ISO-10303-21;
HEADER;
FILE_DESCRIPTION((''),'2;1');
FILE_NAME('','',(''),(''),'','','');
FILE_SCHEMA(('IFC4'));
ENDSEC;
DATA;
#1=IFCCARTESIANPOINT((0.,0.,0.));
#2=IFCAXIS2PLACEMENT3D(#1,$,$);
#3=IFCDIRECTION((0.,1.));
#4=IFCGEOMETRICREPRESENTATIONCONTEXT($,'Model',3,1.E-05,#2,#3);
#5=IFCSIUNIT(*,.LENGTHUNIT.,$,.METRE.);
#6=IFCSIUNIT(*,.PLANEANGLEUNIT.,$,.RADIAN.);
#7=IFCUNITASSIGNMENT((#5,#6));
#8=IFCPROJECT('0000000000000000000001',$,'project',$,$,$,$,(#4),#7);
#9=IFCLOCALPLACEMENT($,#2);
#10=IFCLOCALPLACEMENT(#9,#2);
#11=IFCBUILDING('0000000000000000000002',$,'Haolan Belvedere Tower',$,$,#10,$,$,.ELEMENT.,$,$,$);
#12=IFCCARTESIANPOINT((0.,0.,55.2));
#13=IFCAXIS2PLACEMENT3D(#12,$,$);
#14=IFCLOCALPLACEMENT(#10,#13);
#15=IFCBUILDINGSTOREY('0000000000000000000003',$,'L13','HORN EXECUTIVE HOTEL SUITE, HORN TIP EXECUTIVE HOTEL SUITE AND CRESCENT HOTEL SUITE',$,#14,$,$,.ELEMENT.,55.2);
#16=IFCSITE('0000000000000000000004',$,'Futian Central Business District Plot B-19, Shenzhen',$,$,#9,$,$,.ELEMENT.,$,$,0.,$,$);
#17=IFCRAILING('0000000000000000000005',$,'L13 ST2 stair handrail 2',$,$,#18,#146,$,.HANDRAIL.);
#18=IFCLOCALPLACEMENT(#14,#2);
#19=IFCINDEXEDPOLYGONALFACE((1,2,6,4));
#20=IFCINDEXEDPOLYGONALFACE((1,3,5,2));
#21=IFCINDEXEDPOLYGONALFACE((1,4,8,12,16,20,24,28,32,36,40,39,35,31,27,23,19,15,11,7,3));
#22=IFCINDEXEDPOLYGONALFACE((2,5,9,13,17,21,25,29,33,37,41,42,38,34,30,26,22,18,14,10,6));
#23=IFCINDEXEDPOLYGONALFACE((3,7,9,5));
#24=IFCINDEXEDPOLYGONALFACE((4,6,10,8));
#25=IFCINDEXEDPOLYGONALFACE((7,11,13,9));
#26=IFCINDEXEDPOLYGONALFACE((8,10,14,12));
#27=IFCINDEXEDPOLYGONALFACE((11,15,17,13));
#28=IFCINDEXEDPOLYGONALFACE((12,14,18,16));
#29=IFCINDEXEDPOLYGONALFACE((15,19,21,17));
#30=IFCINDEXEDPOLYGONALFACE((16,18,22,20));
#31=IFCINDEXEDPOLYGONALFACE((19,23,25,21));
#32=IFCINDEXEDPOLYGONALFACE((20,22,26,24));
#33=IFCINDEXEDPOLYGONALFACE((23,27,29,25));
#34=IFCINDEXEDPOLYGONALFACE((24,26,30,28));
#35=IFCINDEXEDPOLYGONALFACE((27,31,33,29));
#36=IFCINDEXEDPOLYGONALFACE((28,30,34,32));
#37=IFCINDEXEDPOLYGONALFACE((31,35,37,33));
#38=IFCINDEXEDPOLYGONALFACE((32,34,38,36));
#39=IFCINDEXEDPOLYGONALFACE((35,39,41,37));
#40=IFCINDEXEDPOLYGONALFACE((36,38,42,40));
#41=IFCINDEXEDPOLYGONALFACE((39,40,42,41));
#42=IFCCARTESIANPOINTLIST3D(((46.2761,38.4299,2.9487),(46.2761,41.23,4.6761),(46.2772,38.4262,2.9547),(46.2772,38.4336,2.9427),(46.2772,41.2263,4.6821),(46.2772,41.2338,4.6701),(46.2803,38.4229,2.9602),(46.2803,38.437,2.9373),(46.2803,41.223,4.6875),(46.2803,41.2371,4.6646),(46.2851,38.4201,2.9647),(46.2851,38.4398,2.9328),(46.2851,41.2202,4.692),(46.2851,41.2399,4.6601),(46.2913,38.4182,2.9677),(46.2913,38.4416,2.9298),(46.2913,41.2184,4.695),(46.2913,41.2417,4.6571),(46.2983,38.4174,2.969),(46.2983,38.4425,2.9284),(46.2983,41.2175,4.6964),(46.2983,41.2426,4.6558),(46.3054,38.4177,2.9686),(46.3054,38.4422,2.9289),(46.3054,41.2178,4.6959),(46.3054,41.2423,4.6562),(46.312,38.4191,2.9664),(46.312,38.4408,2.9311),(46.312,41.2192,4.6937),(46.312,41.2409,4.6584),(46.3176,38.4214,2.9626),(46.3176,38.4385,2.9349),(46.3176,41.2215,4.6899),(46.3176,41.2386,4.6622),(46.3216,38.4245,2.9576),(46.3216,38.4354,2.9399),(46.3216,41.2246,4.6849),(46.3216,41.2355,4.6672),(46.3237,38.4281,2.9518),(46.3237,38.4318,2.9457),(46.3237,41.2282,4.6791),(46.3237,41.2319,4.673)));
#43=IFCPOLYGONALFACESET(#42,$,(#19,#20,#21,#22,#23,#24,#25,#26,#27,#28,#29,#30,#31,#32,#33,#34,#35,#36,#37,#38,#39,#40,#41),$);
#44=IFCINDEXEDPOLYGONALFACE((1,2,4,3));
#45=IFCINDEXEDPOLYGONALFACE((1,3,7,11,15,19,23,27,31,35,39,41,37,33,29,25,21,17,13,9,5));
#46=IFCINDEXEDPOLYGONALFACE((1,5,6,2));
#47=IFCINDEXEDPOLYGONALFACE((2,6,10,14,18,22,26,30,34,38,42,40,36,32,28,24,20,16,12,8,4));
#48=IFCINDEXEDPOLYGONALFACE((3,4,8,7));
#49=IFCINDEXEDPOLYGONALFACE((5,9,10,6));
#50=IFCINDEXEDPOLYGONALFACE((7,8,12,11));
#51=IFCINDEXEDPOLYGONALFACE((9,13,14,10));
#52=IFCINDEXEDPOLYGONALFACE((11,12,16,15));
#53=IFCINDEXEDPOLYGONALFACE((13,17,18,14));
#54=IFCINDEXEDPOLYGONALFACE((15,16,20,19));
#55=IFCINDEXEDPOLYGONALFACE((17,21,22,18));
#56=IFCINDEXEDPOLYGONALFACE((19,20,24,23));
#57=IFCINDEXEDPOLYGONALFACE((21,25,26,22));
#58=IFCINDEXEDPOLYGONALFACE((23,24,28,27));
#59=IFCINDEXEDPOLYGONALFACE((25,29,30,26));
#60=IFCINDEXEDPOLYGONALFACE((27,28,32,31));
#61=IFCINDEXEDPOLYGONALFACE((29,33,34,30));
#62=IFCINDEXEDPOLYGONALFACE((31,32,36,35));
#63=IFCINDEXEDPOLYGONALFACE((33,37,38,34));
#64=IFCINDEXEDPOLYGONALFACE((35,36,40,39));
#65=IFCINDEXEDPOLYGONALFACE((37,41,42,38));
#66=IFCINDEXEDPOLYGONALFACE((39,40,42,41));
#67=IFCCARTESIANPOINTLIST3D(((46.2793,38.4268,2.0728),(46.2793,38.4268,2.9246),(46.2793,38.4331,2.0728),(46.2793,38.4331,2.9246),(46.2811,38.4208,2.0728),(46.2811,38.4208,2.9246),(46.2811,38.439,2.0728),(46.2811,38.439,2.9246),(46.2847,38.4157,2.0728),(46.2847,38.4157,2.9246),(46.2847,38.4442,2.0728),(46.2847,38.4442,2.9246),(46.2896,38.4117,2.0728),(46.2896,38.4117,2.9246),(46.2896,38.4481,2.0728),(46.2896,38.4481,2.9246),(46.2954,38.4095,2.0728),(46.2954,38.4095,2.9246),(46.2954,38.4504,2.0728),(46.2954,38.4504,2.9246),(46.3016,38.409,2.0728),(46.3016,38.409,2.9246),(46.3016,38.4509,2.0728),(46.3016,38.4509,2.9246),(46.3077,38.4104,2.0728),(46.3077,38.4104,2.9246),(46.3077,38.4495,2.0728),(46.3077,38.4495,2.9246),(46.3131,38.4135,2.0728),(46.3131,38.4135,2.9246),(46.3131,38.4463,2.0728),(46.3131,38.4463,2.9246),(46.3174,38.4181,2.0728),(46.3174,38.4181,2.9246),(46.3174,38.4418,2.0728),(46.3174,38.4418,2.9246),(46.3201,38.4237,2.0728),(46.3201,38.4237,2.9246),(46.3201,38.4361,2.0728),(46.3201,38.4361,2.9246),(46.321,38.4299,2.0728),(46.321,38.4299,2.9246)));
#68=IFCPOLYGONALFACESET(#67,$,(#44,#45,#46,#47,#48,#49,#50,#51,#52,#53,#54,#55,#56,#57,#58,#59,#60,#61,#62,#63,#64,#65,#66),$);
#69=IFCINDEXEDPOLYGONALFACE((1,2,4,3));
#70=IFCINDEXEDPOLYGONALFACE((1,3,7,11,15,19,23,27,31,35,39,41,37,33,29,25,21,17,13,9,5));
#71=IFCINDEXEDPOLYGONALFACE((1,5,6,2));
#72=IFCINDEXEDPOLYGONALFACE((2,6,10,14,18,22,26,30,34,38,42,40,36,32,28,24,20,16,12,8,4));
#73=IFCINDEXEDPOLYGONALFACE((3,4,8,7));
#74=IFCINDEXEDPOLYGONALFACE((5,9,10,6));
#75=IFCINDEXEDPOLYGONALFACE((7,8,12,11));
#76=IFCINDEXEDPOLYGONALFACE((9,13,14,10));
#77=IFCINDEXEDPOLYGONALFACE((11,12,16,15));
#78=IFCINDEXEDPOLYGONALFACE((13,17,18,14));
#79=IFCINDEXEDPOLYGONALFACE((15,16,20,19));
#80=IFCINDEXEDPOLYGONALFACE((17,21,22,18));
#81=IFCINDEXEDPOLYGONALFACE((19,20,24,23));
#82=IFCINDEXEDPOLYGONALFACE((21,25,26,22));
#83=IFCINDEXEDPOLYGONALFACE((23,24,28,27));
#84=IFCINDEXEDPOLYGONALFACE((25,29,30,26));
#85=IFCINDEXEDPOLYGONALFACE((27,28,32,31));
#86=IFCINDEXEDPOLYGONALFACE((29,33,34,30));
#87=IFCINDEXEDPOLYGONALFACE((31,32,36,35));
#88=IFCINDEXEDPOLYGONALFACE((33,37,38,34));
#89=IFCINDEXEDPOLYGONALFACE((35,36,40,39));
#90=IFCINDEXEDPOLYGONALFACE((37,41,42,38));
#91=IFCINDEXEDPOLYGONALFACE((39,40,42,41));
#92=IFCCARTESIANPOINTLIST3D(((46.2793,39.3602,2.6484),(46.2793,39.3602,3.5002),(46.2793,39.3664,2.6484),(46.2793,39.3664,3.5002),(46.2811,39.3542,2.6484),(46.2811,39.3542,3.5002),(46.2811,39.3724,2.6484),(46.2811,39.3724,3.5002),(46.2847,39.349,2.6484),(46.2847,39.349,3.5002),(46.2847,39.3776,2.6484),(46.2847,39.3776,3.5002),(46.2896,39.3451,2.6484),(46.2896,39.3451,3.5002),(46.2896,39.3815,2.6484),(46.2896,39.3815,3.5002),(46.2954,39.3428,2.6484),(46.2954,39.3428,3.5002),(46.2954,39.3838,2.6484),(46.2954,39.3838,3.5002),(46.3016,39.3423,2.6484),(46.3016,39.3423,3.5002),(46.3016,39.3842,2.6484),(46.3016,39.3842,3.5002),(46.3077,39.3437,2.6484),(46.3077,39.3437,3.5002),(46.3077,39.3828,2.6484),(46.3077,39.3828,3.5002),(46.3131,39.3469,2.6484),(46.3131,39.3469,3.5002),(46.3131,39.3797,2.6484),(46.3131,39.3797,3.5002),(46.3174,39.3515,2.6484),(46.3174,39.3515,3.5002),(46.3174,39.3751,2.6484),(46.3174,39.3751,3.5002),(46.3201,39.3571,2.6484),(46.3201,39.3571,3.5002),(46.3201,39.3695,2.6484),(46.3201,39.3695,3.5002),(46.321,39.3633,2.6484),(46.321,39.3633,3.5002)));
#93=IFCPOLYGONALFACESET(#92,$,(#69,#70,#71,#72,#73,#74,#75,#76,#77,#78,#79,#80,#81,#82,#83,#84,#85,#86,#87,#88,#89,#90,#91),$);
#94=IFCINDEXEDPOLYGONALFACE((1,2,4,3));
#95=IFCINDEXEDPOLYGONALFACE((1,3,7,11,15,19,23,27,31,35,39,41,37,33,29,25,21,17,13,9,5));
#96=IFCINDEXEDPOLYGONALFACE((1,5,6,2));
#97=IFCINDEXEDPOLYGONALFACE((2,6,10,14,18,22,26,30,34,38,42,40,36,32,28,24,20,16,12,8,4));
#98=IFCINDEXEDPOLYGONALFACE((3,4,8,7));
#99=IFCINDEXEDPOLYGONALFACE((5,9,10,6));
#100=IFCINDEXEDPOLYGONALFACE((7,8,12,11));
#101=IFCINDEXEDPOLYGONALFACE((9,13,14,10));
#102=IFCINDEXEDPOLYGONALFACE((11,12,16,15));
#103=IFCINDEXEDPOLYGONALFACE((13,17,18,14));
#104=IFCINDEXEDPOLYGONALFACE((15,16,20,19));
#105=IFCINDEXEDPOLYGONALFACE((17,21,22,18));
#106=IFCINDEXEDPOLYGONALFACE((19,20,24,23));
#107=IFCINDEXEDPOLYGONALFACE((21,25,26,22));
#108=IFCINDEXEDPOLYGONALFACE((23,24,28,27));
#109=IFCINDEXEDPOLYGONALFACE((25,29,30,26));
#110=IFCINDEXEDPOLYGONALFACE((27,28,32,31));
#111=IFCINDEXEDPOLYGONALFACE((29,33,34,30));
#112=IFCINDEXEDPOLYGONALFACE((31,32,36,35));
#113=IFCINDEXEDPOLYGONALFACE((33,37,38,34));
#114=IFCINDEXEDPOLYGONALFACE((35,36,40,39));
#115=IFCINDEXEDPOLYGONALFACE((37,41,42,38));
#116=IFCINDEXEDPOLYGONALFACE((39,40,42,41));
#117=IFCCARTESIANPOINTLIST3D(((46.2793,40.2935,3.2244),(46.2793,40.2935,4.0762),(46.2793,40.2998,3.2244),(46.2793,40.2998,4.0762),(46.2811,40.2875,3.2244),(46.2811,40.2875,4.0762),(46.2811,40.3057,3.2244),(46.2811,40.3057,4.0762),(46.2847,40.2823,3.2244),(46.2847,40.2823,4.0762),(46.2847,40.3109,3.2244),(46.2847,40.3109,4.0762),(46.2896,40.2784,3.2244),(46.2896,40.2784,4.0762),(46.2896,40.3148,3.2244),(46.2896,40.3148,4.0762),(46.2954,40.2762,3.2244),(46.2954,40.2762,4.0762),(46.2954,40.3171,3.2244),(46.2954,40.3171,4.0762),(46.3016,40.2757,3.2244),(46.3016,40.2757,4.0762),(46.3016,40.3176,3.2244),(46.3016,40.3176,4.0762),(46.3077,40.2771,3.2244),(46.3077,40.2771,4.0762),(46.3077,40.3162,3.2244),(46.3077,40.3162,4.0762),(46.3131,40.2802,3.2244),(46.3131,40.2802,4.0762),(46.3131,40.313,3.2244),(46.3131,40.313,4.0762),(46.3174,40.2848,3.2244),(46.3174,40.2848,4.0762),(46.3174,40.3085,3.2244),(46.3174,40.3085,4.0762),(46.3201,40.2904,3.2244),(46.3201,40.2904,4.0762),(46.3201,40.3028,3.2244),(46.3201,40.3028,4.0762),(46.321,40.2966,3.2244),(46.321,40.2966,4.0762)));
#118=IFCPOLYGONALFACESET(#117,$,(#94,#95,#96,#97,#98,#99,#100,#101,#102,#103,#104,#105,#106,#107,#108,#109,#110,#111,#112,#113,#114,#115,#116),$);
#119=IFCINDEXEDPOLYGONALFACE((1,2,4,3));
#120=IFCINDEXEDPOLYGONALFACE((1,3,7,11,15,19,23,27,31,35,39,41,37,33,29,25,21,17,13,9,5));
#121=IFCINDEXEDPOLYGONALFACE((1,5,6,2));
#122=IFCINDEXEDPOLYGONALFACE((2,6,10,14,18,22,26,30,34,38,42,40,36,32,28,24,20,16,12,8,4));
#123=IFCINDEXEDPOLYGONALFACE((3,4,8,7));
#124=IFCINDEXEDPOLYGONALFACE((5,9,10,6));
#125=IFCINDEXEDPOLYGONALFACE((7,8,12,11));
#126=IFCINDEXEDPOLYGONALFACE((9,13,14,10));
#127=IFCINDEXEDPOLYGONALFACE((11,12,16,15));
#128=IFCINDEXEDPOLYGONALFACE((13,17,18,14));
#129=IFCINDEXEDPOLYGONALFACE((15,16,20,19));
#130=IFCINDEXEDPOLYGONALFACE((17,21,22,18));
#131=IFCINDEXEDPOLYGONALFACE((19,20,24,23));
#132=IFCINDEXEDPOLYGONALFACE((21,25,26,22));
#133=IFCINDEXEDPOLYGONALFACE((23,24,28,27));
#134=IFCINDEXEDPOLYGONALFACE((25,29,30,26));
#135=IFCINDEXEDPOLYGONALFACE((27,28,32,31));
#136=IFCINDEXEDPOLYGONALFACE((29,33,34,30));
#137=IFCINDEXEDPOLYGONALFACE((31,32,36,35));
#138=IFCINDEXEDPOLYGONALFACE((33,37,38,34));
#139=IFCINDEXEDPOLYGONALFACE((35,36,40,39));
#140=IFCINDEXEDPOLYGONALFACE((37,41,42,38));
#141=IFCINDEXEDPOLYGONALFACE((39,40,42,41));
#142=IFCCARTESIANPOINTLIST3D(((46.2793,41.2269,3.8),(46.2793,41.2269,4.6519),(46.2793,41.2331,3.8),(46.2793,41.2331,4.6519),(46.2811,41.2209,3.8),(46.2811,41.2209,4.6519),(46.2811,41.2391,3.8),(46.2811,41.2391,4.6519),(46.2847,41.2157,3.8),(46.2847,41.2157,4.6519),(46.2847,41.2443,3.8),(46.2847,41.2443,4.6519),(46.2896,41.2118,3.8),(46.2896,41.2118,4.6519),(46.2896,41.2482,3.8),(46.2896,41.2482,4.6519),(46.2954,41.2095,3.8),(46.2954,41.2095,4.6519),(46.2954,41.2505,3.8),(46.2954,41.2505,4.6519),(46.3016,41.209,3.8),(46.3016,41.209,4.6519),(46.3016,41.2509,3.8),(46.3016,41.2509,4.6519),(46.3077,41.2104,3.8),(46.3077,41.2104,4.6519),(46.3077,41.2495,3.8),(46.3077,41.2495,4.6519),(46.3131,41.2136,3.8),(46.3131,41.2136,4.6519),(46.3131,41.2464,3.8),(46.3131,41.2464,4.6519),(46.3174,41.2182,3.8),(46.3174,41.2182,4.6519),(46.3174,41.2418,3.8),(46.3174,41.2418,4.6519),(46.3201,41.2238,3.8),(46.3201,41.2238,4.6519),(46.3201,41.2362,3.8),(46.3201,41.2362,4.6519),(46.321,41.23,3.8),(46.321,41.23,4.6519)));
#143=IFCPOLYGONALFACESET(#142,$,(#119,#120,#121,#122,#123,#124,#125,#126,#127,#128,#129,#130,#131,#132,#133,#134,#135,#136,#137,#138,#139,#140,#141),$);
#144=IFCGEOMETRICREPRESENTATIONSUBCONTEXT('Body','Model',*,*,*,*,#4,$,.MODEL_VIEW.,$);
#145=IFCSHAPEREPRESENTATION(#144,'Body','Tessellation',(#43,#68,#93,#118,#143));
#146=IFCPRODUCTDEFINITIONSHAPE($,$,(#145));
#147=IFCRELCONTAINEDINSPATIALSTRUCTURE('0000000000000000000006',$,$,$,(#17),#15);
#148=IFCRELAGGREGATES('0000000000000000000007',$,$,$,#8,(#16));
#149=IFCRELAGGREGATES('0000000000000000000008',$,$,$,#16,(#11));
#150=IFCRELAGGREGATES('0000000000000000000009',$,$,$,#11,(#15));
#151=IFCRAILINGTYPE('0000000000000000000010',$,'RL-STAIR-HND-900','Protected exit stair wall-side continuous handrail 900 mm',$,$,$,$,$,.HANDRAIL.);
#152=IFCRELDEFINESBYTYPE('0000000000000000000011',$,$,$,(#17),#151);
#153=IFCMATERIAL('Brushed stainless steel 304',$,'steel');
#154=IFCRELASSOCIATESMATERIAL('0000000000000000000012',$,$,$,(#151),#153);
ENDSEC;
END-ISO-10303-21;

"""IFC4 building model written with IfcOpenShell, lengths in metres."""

from ifc_helpers import new_model, si_unit, direction, frame, origin, origin_2d, place, context, subcontext, project, spatial, circle, extrude, material, type_object, element, save


model = new_model("IFC4")

# Units and contexts
model_context = context("Model", 3, precision=1e-05, world=origin(), true_north=direction((0.0, 1.0)))
body_context = subcontext(model_context, "Body", "Model", "MODEL_VIEW")
ifc_project = project(units=[si_unit("LENGTHUNIT", "METRE"), si_unit("PLANEANGLEUNIT", "RADIAN")], contexts=[model_context])

# Site, building, storey
site_placement = place(None, origin())
site = spatial("IfcSite", under=ifc_project, at=site_placement, Name="Futian Central Business District Plot B-19, Shenzhen", CompositionType="ELEMENT", RefElevation=0.0)
building_placement = place(site_placement, origin())
building = spatial("IfcBuilding", under=site, at=building_placement, Name="Haolan Belvedere Tower", CompositionType="ELEMENT")
storey_placement = place(building_placement, frame((0.0, 0.0, 55.2)))
storey = spatial("IfcBuildingStorey", under=building, at=storey_placement, Name="L13", Description="HORN EXECUTIVE HOTEL SUITE, HORN TIP EXECUTIVE HOTEL SUITE AND CRESCENT HOTEL SUITE", CompositionType="ELEMENT", Elevation=55.2)

# Railing
ifc_material_1 = material(Name="Brushed stainless steel 304", Category="steel")
railing_type_1 = type_object("IfcRailingType", Name="RL-STAIR-HND-900", Description="Protected exit stair wall-side continuous handrail 900 mm", PredefinedType="HANDRAIL", material=ifc_material_1)
railing_1_placement = place(storey_placement, frame((46.3, 38.4299, 2.0728)))
element("IfcRailing", 1, at=railing_1_placement, inside=storey, type_object=railing_type_1, Name="L13 ST2 stair handrail 2", PredefinedType="HANDRAIL", context=body_context, shape_type="SweptSolid", body=[
    extrude(circle(Radius=0.0239, at=origin_2d()), frame((0.0, 0.0, 0.876), z_axis=(0.0, 0.85109, 0.52502), x_axis=(-1.0, 0.0, 0.0)), (0.0, 0.0, 1.0), 3.29),
    extrude(circle(Radius=0.021, at=origin_2d()), origin(), (0.0, 0.0, 1.0), 0.8518),
    extrude(circle(Radius=0.021, at=origin_2d()), frame((0.0, 0.9333, 0.5757)), (0.0, 0.0, 1.0), 0.8518),
    extrude(circle(Radius=0.021, at=origin_2d()), frame((0.0, 1.8667, 1.1516)), (0.0, 0.0, 1.0), 0.8518),
    extrude(circle(Radius=0.021, at=origin_2d()), frame((0.0, 2.8, 1.7273)), (0.0, 0.0, 1.0), 0.8518),
])

save(model, "model.ifc")
